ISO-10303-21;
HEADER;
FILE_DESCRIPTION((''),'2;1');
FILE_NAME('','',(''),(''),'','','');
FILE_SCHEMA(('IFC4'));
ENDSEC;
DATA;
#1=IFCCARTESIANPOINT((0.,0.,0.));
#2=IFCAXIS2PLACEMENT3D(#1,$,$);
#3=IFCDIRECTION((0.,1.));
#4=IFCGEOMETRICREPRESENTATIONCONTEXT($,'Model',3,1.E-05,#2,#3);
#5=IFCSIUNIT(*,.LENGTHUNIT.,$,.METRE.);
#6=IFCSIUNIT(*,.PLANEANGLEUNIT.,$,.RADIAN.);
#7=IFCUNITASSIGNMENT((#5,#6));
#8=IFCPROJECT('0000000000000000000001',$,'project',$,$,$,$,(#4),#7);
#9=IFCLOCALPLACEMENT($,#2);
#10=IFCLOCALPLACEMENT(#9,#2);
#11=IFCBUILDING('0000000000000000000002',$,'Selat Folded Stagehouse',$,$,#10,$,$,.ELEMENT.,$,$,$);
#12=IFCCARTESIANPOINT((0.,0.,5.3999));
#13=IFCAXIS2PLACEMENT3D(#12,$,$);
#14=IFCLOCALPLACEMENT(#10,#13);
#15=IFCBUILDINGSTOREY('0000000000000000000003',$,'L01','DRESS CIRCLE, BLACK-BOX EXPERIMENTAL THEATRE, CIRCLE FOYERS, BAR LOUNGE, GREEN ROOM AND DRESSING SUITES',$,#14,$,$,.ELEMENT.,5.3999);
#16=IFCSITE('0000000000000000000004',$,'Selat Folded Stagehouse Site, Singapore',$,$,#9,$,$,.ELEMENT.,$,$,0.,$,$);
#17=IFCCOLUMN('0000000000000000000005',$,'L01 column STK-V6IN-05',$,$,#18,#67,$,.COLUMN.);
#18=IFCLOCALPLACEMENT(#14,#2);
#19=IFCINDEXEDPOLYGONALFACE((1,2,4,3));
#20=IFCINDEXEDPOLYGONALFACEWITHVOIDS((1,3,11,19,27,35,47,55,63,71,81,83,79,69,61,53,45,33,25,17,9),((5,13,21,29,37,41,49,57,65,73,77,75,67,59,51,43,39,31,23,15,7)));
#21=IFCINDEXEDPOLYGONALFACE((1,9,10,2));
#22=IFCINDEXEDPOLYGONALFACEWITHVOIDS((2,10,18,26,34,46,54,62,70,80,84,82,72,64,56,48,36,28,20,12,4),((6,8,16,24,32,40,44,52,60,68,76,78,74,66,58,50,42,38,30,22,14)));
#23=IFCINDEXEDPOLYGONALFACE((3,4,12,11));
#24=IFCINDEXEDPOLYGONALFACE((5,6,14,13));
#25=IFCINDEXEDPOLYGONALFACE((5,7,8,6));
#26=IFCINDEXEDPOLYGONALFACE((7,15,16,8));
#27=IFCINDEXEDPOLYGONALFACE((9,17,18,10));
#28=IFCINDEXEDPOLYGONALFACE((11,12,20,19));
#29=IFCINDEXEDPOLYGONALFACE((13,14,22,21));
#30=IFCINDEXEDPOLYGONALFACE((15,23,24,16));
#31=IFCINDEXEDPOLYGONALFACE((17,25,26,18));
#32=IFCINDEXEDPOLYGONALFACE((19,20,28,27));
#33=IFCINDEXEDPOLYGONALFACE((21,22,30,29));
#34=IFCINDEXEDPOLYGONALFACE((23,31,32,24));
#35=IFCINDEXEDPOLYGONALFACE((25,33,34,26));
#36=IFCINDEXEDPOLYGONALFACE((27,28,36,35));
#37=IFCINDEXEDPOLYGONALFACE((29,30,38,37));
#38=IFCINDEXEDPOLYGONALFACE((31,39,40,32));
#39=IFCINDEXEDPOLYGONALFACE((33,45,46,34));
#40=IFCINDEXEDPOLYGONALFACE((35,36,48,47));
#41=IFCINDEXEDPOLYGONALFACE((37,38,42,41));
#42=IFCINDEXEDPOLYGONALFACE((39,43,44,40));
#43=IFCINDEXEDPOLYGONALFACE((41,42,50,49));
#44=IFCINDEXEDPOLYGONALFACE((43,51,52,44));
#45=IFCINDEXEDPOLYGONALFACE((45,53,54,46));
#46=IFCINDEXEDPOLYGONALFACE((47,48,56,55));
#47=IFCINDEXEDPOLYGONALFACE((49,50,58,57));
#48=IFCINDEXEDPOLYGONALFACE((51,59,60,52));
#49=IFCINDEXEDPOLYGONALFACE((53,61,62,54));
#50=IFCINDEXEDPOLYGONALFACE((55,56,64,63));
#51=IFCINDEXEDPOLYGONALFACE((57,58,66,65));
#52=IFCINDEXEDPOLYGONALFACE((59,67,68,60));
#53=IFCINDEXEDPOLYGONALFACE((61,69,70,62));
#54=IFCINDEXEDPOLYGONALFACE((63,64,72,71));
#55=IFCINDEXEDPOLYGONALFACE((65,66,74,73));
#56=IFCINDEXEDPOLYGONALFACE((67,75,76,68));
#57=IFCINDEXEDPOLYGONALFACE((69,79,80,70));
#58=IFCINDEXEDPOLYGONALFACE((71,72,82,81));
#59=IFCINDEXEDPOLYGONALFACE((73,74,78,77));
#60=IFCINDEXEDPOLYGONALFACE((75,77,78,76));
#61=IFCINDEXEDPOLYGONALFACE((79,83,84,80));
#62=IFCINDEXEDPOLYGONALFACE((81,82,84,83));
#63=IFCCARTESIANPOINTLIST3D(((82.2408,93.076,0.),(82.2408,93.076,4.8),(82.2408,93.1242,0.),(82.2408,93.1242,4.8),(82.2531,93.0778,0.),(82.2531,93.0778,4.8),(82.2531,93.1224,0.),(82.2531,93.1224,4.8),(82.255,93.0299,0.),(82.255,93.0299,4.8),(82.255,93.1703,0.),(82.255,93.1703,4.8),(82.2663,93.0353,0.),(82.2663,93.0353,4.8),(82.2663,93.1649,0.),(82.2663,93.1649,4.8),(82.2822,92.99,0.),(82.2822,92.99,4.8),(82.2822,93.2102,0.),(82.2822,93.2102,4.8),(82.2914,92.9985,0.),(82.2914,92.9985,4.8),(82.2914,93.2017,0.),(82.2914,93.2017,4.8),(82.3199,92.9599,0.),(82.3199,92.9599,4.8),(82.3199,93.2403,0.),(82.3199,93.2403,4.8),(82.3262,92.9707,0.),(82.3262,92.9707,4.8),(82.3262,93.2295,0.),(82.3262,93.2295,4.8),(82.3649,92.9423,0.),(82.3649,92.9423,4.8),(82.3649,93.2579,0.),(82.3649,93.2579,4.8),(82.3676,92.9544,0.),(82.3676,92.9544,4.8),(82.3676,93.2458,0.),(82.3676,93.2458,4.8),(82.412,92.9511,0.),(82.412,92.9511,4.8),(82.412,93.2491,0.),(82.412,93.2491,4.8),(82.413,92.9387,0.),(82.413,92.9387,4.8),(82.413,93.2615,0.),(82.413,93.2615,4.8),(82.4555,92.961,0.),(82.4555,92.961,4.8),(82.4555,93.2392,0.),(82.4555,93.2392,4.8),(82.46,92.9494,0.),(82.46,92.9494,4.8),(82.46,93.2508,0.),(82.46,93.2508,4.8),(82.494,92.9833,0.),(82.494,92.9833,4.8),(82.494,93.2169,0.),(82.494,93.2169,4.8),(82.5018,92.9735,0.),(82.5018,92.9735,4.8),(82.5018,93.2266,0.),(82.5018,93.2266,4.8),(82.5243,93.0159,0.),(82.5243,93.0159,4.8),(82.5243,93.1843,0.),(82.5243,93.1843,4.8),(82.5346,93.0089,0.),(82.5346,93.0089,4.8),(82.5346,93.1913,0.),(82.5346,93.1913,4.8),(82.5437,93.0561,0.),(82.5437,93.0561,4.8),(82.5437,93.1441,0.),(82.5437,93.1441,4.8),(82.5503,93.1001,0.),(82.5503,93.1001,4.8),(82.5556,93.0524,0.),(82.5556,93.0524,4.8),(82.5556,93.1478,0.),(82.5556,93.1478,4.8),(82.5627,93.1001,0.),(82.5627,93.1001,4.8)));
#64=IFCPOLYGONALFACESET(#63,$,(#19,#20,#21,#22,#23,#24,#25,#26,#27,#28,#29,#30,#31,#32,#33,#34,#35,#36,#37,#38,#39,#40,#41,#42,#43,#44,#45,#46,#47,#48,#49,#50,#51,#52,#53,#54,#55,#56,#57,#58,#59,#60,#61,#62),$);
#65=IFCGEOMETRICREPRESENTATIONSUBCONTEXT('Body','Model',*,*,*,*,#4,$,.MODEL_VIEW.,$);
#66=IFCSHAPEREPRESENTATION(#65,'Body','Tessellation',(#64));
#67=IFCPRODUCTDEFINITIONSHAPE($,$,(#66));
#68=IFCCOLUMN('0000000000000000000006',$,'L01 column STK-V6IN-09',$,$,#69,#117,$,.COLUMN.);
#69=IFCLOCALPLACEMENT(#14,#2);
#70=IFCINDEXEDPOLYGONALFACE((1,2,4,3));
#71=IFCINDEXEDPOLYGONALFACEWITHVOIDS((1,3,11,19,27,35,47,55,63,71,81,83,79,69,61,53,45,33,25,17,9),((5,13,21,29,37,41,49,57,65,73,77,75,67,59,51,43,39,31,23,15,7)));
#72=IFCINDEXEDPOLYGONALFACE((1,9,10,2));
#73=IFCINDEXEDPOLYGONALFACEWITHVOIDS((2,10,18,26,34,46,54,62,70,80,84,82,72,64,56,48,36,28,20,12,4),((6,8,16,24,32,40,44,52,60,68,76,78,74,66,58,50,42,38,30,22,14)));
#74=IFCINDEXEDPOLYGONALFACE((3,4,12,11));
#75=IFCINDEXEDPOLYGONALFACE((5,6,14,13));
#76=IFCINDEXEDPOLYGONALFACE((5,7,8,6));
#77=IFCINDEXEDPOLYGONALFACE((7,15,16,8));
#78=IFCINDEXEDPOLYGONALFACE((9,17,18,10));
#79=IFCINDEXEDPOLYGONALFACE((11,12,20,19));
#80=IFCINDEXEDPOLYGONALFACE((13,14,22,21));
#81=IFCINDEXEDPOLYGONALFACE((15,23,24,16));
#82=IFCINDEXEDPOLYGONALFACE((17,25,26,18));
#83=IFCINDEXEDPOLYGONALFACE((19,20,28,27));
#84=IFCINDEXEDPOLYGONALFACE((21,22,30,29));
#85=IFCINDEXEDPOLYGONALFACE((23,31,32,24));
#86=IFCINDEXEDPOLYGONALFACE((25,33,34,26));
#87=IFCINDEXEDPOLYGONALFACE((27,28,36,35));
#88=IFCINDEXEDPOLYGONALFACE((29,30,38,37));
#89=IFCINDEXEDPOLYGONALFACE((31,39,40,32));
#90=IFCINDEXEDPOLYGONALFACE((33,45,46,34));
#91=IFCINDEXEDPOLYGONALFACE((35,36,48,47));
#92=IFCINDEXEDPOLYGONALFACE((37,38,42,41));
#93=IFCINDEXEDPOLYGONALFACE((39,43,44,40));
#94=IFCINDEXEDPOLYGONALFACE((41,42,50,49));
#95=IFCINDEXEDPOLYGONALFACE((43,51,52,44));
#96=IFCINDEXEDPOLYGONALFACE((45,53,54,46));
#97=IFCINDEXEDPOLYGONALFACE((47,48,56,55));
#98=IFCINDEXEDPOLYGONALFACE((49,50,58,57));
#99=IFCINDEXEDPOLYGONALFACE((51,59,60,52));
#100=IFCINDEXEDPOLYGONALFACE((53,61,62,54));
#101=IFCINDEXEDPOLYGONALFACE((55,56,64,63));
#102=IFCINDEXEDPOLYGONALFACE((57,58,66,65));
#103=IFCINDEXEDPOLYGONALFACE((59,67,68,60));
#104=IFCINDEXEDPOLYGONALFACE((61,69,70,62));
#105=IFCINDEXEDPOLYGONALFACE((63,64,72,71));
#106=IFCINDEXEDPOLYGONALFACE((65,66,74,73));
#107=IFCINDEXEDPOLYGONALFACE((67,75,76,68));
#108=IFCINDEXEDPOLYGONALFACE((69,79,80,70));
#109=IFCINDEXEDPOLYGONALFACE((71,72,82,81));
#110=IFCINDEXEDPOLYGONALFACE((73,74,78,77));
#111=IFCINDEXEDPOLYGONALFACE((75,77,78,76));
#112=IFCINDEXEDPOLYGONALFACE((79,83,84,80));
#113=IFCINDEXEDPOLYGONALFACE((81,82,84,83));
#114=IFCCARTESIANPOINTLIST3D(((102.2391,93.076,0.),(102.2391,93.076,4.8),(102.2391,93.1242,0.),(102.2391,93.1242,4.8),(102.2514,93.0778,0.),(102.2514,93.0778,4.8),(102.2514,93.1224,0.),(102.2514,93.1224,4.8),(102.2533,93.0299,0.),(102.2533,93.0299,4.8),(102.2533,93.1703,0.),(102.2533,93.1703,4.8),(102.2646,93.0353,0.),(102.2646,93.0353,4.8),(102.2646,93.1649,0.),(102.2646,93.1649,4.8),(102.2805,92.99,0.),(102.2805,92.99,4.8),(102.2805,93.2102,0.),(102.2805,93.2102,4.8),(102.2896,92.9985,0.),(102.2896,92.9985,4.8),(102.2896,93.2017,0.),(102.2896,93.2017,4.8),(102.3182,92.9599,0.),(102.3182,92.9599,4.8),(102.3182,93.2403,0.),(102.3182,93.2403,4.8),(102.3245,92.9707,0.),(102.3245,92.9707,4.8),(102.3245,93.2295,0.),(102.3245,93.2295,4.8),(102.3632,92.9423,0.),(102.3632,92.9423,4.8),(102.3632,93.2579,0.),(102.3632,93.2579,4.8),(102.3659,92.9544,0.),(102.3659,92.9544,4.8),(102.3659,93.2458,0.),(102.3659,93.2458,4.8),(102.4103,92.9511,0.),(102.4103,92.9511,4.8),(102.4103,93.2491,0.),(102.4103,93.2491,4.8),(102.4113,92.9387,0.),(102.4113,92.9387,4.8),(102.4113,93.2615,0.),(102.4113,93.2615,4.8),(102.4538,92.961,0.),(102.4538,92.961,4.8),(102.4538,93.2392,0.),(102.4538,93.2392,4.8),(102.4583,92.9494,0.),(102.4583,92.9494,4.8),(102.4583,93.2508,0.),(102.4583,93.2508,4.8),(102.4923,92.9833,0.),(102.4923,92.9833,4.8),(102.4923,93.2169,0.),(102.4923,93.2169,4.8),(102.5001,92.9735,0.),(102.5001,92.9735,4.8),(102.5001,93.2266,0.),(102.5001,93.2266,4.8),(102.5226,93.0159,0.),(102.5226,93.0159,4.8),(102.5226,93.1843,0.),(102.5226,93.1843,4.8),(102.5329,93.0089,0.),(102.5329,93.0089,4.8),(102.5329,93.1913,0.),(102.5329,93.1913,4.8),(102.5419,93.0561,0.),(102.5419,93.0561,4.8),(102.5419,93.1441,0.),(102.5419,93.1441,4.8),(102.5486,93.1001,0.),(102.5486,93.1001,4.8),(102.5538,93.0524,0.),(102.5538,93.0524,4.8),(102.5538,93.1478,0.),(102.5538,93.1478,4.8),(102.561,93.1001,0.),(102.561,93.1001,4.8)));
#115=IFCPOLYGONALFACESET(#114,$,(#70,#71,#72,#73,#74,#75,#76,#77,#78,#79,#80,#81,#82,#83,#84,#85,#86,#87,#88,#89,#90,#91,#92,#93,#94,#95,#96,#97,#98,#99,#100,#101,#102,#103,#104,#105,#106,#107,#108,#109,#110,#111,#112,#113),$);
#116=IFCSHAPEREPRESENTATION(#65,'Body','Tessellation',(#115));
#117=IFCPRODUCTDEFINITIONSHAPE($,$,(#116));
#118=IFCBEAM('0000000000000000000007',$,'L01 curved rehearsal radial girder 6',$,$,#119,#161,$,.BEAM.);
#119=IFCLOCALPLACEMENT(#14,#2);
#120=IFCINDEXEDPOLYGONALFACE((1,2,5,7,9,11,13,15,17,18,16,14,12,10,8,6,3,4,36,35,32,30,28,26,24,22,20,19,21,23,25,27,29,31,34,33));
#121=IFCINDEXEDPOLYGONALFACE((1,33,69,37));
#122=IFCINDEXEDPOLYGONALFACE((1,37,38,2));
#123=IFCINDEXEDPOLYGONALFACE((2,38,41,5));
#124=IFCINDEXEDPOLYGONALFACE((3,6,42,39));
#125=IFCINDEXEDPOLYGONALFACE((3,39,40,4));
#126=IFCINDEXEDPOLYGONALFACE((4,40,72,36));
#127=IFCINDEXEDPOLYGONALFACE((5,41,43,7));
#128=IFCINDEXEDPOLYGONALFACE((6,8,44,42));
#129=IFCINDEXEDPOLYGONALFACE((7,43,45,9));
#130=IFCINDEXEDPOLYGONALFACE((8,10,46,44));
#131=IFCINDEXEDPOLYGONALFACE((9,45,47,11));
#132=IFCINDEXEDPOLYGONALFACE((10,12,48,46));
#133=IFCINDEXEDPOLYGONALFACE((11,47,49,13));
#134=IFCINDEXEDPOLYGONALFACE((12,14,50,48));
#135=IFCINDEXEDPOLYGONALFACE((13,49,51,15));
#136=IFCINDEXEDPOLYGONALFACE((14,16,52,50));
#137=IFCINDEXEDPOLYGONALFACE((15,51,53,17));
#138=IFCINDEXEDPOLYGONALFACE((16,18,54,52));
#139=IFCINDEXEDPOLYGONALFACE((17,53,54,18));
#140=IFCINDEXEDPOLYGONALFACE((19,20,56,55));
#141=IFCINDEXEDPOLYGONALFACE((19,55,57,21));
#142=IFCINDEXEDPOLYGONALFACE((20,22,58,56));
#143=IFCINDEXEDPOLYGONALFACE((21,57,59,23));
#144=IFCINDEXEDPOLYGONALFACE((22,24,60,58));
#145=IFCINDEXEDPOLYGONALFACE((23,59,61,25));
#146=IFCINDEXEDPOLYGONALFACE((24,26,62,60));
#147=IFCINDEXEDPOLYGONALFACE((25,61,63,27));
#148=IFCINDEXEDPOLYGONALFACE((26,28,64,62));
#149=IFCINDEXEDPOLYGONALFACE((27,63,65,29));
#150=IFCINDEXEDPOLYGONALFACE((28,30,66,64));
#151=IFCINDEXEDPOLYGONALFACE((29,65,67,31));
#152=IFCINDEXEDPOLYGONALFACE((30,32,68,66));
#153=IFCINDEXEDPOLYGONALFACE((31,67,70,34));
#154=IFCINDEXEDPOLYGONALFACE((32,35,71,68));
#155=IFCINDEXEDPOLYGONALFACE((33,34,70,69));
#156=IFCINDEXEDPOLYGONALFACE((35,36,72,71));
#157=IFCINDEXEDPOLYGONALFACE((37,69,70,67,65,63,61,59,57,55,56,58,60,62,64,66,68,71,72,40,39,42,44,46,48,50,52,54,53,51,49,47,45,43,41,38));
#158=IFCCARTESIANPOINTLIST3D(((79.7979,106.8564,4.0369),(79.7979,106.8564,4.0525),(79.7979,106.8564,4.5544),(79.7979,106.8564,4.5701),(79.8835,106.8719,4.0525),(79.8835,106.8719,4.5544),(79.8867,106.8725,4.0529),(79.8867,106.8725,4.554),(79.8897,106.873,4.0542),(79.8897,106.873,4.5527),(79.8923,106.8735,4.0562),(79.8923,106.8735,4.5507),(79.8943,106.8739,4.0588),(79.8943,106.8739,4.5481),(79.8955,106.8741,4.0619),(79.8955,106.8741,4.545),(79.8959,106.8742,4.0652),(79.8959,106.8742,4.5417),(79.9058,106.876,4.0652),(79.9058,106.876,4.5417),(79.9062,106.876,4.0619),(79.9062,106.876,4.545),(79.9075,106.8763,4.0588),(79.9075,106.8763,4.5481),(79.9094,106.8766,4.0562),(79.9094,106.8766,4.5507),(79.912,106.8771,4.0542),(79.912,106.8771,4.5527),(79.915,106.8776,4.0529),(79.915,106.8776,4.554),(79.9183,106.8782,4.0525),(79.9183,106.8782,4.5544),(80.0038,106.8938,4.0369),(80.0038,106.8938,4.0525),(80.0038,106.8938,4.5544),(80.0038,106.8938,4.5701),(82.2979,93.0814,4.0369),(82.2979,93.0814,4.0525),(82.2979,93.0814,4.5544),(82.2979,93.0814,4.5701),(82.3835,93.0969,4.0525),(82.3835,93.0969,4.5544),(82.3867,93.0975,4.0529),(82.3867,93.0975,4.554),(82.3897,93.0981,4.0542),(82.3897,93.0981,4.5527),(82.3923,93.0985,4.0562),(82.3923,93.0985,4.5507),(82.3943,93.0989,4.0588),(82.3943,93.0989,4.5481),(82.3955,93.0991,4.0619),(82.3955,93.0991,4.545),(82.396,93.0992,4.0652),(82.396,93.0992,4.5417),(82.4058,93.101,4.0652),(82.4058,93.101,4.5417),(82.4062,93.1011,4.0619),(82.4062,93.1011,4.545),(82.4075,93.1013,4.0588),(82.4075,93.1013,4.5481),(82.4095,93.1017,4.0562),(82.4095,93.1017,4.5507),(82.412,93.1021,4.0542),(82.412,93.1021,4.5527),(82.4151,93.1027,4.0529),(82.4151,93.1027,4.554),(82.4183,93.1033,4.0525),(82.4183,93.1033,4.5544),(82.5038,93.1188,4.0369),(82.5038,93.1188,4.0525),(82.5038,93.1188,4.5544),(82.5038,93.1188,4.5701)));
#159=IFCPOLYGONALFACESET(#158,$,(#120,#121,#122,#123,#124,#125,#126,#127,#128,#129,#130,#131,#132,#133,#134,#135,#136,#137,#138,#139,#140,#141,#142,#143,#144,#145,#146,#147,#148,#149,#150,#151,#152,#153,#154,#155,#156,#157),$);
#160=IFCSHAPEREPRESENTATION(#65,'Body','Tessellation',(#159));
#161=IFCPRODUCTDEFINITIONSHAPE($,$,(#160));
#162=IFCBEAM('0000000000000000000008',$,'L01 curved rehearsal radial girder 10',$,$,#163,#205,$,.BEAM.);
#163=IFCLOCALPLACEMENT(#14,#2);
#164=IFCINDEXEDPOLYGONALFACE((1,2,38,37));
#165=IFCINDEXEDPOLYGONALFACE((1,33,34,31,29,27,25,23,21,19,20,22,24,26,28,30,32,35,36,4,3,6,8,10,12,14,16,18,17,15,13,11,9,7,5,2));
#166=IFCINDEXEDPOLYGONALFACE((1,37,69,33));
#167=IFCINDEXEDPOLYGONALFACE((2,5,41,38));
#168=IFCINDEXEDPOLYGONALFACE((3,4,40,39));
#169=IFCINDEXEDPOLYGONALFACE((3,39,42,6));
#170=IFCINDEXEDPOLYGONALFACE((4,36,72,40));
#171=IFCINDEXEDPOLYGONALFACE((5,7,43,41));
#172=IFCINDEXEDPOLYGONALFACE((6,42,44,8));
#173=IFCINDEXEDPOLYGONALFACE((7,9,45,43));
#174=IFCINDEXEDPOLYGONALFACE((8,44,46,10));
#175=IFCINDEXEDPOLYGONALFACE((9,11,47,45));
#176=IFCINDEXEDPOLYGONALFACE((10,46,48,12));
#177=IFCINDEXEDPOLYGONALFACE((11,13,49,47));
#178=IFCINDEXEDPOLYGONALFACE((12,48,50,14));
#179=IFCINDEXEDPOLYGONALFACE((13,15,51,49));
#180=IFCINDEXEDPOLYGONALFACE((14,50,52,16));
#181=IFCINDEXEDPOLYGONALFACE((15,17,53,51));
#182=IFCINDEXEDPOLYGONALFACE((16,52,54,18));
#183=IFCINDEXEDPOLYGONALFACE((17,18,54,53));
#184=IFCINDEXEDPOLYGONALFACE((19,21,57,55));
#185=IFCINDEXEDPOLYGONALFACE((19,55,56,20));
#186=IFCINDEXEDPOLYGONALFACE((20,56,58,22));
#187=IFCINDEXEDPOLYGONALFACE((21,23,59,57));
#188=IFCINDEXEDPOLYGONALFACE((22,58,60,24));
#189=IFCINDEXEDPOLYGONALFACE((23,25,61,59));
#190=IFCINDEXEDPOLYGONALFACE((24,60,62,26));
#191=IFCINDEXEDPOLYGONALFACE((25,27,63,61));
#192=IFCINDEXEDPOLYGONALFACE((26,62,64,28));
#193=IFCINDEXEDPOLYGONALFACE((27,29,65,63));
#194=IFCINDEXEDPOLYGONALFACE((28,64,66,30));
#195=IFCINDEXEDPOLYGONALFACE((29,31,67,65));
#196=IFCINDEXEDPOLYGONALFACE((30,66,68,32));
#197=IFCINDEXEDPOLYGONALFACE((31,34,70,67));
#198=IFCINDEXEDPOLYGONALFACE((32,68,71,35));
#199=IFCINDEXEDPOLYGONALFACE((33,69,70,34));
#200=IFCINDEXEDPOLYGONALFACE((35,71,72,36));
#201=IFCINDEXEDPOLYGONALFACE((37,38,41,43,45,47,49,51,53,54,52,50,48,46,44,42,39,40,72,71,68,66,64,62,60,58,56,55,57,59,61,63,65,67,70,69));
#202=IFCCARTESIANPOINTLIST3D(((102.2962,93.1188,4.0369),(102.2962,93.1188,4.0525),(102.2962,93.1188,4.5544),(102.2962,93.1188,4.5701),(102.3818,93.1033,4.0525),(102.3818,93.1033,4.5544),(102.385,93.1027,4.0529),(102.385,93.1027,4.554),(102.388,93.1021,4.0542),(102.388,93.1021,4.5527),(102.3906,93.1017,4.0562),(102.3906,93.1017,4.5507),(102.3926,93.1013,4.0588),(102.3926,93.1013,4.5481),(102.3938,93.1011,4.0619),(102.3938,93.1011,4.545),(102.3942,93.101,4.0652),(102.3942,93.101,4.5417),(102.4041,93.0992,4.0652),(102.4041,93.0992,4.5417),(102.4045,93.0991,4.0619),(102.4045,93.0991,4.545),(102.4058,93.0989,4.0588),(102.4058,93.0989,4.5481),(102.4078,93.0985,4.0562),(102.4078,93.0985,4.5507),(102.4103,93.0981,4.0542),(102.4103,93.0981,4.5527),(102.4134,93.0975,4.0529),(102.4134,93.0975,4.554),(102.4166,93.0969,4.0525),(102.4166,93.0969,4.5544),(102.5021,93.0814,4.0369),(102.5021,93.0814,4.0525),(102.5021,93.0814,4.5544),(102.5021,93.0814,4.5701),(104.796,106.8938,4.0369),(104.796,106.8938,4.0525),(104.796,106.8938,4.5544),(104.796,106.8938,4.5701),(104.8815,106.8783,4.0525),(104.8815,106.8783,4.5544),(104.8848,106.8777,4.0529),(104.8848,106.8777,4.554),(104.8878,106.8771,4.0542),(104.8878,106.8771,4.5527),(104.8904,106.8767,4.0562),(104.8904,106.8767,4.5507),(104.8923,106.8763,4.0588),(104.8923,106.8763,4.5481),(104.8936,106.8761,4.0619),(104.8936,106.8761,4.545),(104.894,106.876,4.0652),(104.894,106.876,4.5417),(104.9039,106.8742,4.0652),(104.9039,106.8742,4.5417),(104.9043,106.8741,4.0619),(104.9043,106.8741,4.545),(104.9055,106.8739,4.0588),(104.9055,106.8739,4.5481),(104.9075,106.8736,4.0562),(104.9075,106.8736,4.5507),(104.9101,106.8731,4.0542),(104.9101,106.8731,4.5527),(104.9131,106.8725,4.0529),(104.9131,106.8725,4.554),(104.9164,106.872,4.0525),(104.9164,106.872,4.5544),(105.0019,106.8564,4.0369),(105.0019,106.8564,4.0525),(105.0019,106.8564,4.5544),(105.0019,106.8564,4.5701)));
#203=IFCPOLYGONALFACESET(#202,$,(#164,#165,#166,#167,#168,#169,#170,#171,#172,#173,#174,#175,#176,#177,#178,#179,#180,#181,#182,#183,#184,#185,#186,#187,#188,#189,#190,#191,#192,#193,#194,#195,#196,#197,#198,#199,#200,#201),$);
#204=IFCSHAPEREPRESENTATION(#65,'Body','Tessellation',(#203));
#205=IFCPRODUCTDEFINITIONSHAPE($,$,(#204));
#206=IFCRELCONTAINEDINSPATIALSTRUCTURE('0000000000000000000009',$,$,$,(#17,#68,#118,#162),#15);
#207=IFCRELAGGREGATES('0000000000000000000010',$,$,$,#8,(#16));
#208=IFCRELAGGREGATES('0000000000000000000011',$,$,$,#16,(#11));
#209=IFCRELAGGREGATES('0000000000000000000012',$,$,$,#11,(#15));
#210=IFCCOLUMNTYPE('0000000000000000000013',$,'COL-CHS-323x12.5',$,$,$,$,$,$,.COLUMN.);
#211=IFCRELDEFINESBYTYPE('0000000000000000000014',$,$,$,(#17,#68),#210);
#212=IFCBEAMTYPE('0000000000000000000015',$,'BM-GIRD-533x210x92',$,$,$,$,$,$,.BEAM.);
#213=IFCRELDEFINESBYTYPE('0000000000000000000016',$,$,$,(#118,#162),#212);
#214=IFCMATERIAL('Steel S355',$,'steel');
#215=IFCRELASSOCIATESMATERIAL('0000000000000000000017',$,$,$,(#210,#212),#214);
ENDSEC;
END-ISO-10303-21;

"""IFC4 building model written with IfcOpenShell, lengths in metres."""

from ifc_helpers import new_model, si_unit, direction, frame, origin, origin_2d, place, context, subcontext, project, spatial, hollow_circle, i_section, extrude, material, material_profile, profile_set, type_object, element, save


model = new_model("IFC4")

# Units and contexts
model_context = context("Model", 3, precision=1e-05, world=origin(), true_north=direction((0.0, 1.0)))
body_context = subcontext(model_context, "Body", "Model", "MODEL_VIEW")
ifc_project = project(units=[si_unit("LENGTHUNIT", "METRE"), si_unit("PLANEANGLEUNIT", "RADIAN")], contexts=[model_context])

# Site, building, storey
site_placement = place(None, origin())
site = spatial("IfcSite", under=ifc_project, at=site_placement, Name="Selat Folded Stagehouse Site, Singapore", CompositionType="ELEMENT", RefElevation=0.0)
building_placement = place(site_placement, origin())
building = spatial("IfcBuilding", under=site, at=building_placement, Name="Selat Folded Stagehouse", CompositionType="ELEMENT")
storey_placement = place(building_placement, frame((0.0, 0.0, 5.3999)))
storey = spatial("IfcBuildingStorey", under=building, at=storey_placement, Name="L01", Description="DRESS CIRCLE, BLACK-BOX EXPERIMENTAL THEATRE, CIRCLE FOYERS, BAR LOUNGE, GREEN ROOM AND DRESSING SUITES", CompositionType="ELEMENT", Elevation=5.3999)

# Columns
ifc_material_1 = material(Name="Steel S355", Category="steel")
ifc_material_profile_1 = material_profile(ifc_material_1, hollow_circle(Radius=0.1619, WallThickness=0.0125, at=origin_2d()), Name="CHS 323.9x12.5")
ifc_profile_set_1 = profile_set([ifc_material_profile_1], Name="Steel S355")
column_type = type_object("IfcColumnType", Name="COL-CHS-323x12.5", PredefinedType="COLUMN", material=ifc_profile_set_1)
for number, where, z_axis, x_axis, name in (
    (1, (82.4009, 93.1001, 0.0), (0.0, 0.0, 1.0), (1.0, 0.0, 0.0), "L01 column STK-V6IN-05"),
    (2, (102.3992, 93.1001, 0.0), (0.0, 0.0, 1.0), (1.0, 0.0, 0.0), "L01 column STK-V6IN-09"),
):
    element("IfcColumn", number, at=place(storey_placement, frame(where, z_axis=z_axis, x_axis=x_axis)), inside=storey, type_object=column_type, Name=name, PredefinedType="COLUMN", context=body_context, shape_type="SweptSolid", body=[
        extrude(hollow_circle(Radius=0.1619, WallThickness=0.0125, at=origin_2d()), origin(), (0.0, 0.0, 1.0), 4.8),
    ])

# Beams
ifc_material_profile_2 = material_profile(ifc_material_1, i_section(OverallWidth=0.2092, OverallDepth=0.5332, WebThickness=0.01, FlangeThickness=0.0156, FilletRadius=0.0127, at=origin_2d()), Name="UKB 533x210x92")
ifc_profile_set_2 = profile_set([ifc_material_profile_2], Name="Steel S355")
beam_type_1 = type_object("IfcBeamType", Name="BM-GIRD-533x210x92", PredefinedType="BEAM", material=ifc_profile_set_2)
for number, where, z_axis, x_axis, name in (
    (3, (82.4009, 93.1001, 4.3035), (-0.178572, 0.983927, 0.0), (-0.983927, -0.178572, 0.0), "L01 curved rehearsal radial girder 6"),
    (4, (102.3992, 93.1001, 4.3035), (0.178555, 0.98393, 0.0), (-0.98393, 0.178555, 0.0), "L01 curved rehearsal radial girder 10"),
):
    element("IfcBeam", number, at=place(storey_placement, frame(where, z_axis=z_axis, x_axis=x_axis)), inside=storey, type_object=beam_type_1, Name=name, PredefinedType="BEAM", context=body_context, shape_type="SweptSolid", body=[
        extrude(i_section(OverallWidth=0.2092, OverallDepth=0.5332, WebThickness=0.01, FlangeThickness=0.0156, FilletRadius=0.0127, at=origin_2d()), origin(), (0.0, 0.0, 1.0), 14.0),
    ])

save(model, "model.ifc")
